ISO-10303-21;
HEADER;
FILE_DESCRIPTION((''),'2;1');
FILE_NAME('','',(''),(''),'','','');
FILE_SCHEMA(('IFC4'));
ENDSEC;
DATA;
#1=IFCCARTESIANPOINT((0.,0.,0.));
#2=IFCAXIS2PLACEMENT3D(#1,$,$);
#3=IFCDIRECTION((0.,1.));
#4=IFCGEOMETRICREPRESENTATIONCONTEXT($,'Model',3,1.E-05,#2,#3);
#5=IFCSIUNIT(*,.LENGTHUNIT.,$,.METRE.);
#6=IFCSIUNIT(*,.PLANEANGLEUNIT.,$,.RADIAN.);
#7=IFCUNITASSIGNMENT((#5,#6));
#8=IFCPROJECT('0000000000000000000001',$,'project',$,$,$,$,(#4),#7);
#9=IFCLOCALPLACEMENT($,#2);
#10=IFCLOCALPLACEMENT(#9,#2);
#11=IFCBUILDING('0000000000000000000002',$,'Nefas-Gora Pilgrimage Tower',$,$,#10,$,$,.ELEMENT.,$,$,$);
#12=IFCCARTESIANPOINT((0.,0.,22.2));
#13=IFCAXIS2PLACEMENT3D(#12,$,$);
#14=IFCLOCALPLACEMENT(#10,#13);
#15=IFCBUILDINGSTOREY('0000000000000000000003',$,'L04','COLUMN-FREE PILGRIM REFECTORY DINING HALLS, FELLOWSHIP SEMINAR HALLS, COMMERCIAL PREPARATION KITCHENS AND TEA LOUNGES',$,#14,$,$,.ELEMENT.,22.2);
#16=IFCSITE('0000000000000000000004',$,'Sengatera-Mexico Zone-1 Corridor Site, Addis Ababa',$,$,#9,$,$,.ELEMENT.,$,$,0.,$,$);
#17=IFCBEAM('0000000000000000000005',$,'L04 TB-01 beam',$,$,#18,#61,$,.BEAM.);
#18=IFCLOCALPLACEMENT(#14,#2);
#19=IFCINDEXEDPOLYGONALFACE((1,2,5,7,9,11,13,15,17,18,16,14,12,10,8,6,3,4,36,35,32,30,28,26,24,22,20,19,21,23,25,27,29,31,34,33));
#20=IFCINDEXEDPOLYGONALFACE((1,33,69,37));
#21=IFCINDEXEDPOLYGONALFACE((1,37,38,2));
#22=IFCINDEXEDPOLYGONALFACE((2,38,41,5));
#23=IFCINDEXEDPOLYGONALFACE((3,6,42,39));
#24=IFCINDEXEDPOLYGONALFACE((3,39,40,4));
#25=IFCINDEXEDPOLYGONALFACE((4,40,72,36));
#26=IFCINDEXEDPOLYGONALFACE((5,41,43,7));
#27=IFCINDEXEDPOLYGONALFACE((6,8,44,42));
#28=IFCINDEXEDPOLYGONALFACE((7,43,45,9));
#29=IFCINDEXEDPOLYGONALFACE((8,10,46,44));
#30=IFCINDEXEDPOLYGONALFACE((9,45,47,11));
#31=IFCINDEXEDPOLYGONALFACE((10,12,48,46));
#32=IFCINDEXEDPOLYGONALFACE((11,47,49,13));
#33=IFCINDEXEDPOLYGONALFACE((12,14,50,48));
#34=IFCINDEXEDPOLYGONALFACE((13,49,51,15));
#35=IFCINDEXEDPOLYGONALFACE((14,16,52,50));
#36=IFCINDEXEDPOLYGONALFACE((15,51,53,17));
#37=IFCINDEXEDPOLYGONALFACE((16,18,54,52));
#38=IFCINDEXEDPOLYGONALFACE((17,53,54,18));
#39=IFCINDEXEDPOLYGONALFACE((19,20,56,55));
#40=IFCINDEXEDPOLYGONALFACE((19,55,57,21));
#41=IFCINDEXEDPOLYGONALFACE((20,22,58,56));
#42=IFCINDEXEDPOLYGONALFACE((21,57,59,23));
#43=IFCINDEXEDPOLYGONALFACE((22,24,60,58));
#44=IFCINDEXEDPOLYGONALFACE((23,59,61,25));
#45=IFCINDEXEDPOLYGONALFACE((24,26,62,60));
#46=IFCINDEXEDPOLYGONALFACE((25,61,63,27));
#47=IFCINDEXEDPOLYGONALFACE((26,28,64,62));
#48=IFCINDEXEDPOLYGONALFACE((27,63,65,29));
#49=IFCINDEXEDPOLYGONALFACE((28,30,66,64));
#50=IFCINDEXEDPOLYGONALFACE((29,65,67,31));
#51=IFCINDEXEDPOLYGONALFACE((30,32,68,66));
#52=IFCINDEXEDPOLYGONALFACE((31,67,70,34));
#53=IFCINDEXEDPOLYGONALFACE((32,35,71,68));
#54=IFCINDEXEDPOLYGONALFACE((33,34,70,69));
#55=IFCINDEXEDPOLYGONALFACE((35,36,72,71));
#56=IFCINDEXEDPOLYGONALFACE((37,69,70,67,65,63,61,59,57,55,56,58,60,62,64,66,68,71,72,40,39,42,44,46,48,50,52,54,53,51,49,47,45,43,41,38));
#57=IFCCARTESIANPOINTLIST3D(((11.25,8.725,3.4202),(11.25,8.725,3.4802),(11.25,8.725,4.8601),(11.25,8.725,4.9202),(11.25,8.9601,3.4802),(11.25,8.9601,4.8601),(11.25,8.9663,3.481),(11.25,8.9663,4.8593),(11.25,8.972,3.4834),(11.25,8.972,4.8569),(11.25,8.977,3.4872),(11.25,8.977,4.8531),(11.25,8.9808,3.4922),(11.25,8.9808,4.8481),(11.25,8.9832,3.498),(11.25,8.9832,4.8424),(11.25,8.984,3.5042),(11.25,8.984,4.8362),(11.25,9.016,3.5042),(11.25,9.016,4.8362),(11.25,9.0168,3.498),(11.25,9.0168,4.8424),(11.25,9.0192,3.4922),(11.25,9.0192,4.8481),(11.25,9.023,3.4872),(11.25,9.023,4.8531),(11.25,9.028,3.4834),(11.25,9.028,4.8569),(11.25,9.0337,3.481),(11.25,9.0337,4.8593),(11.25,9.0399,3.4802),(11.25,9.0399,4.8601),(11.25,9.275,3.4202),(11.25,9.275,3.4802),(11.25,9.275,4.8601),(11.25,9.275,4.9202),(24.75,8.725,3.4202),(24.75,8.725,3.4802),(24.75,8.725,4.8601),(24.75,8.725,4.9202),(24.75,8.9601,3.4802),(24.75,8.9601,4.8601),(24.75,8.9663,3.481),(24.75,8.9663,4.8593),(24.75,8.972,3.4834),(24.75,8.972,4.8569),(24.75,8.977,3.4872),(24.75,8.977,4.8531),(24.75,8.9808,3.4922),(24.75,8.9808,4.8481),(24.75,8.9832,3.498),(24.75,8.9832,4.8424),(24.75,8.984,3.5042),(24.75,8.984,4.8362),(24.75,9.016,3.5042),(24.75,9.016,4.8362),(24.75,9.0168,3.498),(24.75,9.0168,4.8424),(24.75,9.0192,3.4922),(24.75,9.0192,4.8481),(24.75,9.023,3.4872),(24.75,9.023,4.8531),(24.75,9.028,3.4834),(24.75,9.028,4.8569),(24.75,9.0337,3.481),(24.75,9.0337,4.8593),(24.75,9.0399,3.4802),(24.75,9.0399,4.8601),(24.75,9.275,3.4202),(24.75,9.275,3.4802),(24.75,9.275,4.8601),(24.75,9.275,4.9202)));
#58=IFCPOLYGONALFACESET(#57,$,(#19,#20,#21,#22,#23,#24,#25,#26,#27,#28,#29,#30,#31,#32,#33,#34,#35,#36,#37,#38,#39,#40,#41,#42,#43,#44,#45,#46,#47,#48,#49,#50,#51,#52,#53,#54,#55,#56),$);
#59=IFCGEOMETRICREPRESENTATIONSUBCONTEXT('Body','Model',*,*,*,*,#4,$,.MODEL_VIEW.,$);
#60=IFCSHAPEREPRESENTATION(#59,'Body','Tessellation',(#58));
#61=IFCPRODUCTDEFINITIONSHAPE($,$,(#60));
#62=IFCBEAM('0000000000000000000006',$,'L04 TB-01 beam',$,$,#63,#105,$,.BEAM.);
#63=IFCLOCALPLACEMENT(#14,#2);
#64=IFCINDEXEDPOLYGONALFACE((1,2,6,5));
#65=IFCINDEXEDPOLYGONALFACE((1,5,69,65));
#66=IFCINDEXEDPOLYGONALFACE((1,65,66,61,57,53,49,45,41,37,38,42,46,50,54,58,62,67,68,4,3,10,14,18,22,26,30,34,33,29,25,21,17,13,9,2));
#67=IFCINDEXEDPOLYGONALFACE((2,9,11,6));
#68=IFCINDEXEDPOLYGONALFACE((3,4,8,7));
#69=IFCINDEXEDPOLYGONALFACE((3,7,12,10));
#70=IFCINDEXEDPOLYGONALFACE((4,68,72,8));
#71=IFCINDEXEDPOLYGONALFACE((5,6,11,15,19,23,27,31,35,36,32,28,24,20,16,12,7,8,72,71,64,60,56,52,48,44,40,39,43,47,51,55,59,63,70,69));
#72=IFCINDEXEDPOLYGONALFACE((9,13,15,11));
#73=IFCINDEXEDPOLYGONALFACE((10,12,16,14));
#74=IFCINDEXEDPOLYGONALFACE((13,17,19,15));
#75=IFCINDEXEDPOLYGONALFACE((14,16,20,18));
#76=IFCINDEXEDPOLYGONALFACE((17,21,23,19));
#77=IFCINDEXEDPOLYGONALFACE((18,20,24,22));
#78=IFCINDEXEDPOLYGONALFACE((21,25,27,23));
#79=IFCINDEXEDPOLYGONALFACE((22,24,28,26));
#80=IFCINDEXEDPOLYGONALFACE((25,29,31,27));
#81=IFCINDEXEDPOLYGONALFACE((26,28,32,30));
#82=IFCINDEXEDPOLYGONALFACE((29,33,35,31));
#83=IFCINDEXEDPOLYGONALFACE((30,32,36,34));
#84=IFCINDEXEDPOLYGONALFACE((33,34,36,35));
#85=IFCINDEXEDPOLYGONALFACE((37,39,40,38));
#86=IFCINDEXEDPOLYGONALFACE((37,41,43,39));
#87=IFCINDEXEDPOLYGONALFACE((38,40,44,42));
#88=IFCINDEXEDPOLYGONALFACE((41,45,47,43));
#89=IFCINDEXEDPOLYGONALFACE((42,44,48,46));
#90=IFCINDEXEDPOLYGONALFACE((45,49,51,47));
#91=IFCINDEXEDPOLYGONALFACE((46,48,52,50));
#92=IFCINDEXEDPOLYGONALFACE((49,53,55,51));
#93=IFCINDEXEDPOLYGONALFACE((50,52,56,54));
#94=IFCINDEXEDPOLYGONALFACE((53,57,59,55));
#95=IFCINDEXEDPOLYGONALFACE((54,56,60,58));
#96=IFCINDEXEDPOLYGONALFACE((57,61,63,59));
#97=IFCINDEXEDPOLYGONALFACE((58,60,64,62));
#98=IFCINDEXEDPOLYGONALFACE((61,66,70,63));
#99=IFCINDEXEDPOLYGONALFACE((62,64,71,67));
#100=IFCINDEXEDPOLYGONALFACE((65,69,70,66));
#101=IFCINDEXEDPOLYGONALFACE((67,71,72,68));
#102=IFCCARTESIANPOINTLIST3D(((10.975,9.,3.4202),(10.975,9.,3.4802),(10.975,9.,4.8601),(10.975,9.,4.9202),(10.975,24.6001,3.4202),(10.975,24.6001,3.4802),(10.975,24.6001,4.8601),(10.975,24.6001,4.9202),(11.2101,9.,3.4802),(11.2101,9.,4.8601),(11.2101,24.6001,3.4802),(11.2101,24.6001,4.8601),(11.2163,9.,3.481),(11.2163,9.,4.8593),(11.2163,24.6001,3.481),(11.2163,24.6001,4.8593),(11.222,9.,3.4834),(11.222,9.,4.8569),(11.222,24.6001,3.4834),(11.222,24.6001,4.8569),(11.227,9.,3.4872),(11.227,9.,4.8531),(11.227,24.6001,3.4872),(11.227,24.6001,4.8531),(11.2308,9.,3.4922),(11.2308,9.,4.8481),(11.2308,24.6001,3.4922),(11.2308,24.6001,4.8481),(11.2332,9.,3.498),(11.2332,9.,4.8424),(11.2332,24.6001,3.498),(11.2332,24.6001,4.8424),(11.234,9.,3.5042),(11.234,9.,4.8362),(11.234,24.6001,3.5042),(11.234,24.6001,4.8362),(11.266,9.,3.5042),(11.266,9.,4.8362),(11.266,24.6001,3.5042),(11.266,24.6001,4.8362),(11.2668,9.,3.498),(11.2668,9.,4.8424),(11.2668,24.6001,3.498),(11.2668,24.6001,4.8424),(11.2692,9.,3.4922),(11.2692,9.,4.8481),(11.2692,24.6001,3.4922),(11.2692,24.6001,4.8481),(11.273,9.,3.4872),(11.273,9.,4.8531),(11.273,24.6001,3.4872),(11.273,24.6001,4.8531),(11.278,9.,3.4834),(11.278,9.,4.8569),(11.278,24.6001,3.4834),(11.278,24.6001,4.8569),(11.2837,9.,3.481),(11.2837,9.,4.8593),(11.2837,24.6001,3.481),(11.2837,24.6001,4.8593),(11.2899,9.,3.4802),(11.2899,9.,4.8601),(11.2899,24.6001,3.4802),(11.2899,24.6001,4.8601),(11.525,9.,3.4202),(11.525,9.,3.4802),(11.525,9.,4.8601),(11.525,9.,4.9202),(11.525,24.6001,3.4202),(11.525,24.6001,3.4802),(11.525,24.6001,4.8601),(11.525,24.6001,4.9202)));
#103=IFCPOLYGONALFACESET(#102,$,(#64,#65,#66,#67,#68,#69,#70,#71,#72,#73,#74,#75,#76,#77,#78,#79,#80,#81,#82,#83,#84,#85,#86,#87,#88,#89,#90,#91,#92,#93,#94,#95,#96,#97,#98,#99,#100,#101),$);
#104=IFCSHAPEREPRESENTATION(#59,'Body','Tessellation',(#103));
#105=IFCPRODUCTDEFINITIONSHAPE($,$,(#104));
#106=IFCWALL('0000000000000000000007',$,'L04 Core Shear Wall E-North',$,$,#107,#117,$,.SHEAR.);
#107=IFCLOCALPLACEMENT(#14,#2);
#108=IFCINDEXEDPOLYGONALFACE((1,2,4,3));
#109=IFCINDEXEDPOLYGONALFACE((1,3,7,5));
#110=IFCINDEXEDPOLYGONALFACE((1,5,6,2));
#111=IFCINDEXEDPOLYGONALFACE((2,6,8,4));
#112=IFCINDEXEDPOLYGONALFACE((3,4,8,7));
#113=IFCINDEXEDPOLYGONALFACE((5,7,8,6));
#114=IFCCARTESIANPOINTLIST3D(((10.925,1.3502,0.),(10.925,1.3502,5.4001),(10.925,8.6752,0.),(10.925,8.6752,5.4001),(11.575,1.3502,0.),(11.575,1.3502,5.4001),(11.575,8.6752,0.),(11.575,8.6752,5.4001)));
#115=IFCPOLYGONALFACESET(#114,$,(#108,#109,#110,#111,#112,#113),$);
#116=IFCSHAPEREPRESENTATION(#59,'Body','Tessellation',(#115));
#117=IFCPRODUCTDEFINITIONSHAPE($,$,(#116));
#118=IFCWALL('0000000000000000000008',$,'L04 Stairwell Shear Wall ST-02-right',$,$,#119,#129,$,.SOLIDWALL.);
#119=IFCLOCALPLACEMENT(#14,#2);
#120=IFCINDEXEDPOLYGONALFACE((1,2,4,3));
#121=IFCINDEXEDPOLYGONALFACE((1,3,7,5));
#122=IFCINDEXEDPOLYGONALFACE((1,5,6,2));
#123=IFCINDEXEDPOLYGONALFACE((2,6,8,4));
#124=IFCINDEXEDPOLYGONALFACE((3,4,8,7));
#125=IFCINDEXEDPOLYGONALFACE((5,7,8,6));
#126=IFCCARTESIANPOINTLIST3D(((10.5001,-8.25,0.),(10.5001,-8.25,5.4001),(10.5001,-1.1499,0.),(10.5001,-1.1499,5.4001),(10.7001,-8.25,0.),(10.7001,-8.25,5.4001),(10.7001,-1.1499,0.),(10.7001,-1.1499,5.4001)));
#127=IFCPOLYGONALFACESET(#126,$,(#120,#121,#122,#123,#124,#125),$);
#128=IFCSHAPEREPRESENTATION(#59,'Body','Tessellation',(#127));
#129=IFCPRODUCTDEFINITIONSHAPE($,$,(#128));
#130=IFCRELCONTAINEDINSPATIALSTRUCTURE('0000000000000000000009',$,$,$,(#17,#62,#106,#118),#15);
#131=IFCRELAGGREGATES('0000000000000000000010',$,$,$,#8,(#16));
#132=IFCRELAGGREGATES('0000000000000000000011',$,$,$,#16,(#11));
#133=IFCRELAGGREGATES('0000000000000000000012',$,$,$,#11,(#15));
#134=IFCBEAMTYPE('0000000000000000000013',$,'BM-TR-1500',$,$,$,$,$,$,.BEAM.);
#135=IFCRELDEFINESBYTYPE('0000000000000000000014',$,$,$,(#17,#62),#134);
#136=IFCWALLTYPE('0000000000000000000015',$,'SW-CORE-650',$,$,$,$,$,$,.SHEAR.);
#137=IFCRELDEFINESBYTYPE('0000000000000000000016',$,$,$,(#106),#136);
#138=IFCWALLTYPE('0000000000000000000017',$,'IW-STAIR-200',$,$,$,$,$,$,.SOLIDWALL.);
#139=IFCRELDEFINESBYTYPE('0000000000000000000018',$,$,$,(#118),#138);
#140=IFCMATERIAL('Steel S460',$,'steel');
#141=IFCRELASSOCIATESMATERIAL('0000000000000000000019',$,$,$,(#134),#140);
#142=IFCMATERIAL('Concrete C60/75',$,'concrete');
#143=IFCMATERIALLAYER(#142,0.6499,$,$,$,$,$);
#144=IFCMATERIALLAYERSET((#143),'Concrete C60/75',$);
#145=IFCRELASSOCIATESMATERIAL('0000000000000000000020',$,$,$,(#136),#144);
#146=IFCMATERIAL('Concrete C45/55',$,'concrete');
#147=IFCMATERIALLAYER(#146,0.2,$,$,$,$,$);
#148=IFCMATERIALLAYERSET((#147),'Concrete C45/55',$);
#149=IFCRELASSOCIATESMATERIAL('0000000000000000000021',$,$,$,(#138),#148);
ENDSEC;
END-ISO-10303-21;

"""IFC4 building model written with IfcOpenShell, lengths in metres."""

from ifc_helpers import new_model, si_unit, direction, frame, frame_2d, origin, origin_2d, place, context, subcontext, project, spatial, rectangle, i_section, extrude, source, transform, mapped, material, layer, layer_set, material_profile, profile_set, type_object, element, save


model = new_model("IFC4")

# Units and contexts
model_context = context("Model", 3, precision=1e-05, world=origin(), true_north=direction((0.0, 1.0)))
body_context = subcontext(model_context, "Body", "Model", "MODEL_VIEW")
ifc_project = project(units=[si_unit("LENGTHUNIT", "METRE"), si_unit("PLANEANGLEUNIT", "RADIAN")], contexts=[model_context])

# Site, building, storey
site_placement = place(None, origin())
site = spatial("IfcSite", under=ifc_project, at=site_placement, Name="Sengatera-Mexico Zone-1 Corridor Site, Addis Ababa", CompositionType="ELEMENT", RefElevation=0.0)
building_placement = place(site_placement, origin())
building = spatial("IfcBuilding", under=site, at=building_placement, Name="Nefas-Gora Pilgrimage Tower", CompositionType="ELEMENT")
storey_placement = place(building_placement, frame((0.0, 0.0, 22.2)))
storey = spatial("IfcBuildingStorey", under=building, at=storey_placement, Name="L04", Description="COLUMN-FREE PILGRIM REFECTORY DINING HALLS, FELLOWSHIP SEMINAR HALLS, COMMERCIAL PREPARATION KITCHENS AND TEA LOUNGES", CompositionType="ELEMENT", Elevation=22.2)

# Shared definitions
ifc_material_1 = material(Name="Steel S460", Category="steel")

# Beams
ifc_material_profile_1 = material_profile(ifc_material_1, i_section(OverallWidth=0.55, OverallDepth=1.5, WebThickness=0.032, FlangeThickness=0.0601, FilletRadius=0.0239, at=origin_2d()), Name="WPG 1500x550x32x60")
ifc_profile_set_1 = profile_set([ifc_material_profile_1], Name="Steel S460")
beam_type_1 = type_object("IfcBeamType", Name="BM-TR-1500", PredefinedType="BEAM", material=ifc_profile_set_1)
shared_shape_1 = source(origin(), body_context, "Body", "SweptSolid", [
    extrude(i_section(OverallWidth=0.55, OverallDepth=1.5, WebThickness=0.032, FlangeThickness=0.0601, FilletRadius=0.0239, at=origin_2d()), origin(), (0.0, 0.0, 1.0), 13.5),
])
beam_1_placement = place(storey_placement, frame((11.25, 9.0, 4.1702), z_axis=(1.0, 0.0, 0.0), x_axis=(0.0, 1.0, 0.0)))
element("IfcBeam", 1, at=beam_1_placement, inside=storey, type_object=beam_type_1, Name="L04 TB-01 beam", PredefinedType="BEAM", context=body_context, shape_type="MappedRepresentation", body=[
    mapped(shared_shape_1, transform((0.0, 0.0, 0.0), x_axis=(1.0, 0.0, 0.0), y_axis=(0.0, 1.0, 0.0), z_axis=(0.0, 0.0, 1.0), scale=1.0)),
])
shared_shape_2 = source(origin(), body_context, "Body", "SweptSolid", [
    extrude(i_section(OverallWidth=0.55, OverallDepth=1.5, WebThickness=0.032, FlangeThickness=0.0601, FilletRadius=0.0239, at=origin_2d()), origin(), (0.0, 0.0, 1.0), 15.6001),
])
beam_2_placement = place(storey_placement, frame((11.25, 9.0, 4.1702), z_axis=(0.0, 1.0, 0.0), x_axis=(-1.0, 0.0, 0.0)))
element("IfcBeam", 2, at=beam_2_placement, inside=storey, type_object=beam_type_1, Name="L04 TB-01 beam", PredefinedType="BEAM", context=body_context, shape_type="MappedRepresentation", body=[
    mapped(shared_shape_2, transform((0.0, 0.0, 0.0), x_axis=(1.0, 0.0, 0.0), y_axis=(0.0, 1.0, 0.0), z_axis=(0.0, 0.0, 1.0), scale=1.0)),
])

# Walls
ifc_material_2 = material(Name="Concrete C60/75", Category="concrete")
ifc_layer_1 = layer(ifc_material_2, 0.6499)
ifc_layer_set_1 = layer_set([ifc_layer_1], Name="Concrete C60/75")
wall_type_1 = type_object("IfcWallType", Name="SW-CORE-650", PredefinedType="SHEAR", material=ifc_layer_set_1)
shared_shape_3 = source(origin(), body_context, "Body", "SweptSolid", [
    extrude(rectangle(XDim=7.325, YDim=0.6499, at=frame_2d((3.6626, 0.0))), origin(), (0.0, 0.0, 1.0), 5.4001),
])
wall_1_placement = place(storey_placement, frame((11.25, 1.3501, 0.0), z_axis=(0.0, 0.0, 1.0), x_axis=(0.0, 1.0, 0.0)))
element("IfcWall", 3, at=wall_1_placement, inside=storey, type_object=wall_type_1, Name="L04 Core Shear Wall E-North", PredefinedType="SHEAR", context=body_context, shape_type="MappedRepresentation", body=[
    mapped(shared_shape_3, transform((0.0, 0.0, 0.0), x_axis=(1.0, 0.0, 0.0), y_axis=(0.0, 1.0, 0.0), z_axis=(0.0, 0.0, 1.0), scale=1.0)),
])
ifc_material_3 = material(Name="Concrete C45/55", Category="concrete")
ifc_layer_2 = layer(ifc_material_3, 0.2)
ifc_layer_set_2 = layer_set([ifc_layer_2], Name="Concrete C45/55")
wall_type_2 = type_object("IfcWallType", Name="IW-STAIR-200", PredefinedType="SOLIDWALL", material=ifc_layer_set_2)
shared_shape_4 = source(origin(), body_context, "Body", "SweptSolid", [
    extrude(rectangle(XDim=7.1001, YDim=0.2, at=frame_2d((3.55, 0.0))), origin(), (0.0, 0.0, 1.0), 5.4001),
])
wall_2_placement = place(storey_placement, frame((10.6001, -1.1499, 0.0), z_axis=(0.0, 0.0, 1.0), x_axis=(0.0, -1.0, 0.0)))
element("IfcWall", 4, at=wall_2_placement, inside=storey, type_object=wall_type_2, Name="L04 Stairwell Shear Wall ST-02-right", PredefinedType="SOLIDWALL", context=body_context, shape_type="MappedRepresentation", body=[
    mapped(shared_shape_4, transform((0.0, 0.0, 0.0), x_axis=(1.0, 0.0, 0.0), y_axis=(0.0, 1.0, 0.0), z_axis=(0.0, 0.0, 1.0), scale=1.0)),
])

save(model, "model.ifc")
